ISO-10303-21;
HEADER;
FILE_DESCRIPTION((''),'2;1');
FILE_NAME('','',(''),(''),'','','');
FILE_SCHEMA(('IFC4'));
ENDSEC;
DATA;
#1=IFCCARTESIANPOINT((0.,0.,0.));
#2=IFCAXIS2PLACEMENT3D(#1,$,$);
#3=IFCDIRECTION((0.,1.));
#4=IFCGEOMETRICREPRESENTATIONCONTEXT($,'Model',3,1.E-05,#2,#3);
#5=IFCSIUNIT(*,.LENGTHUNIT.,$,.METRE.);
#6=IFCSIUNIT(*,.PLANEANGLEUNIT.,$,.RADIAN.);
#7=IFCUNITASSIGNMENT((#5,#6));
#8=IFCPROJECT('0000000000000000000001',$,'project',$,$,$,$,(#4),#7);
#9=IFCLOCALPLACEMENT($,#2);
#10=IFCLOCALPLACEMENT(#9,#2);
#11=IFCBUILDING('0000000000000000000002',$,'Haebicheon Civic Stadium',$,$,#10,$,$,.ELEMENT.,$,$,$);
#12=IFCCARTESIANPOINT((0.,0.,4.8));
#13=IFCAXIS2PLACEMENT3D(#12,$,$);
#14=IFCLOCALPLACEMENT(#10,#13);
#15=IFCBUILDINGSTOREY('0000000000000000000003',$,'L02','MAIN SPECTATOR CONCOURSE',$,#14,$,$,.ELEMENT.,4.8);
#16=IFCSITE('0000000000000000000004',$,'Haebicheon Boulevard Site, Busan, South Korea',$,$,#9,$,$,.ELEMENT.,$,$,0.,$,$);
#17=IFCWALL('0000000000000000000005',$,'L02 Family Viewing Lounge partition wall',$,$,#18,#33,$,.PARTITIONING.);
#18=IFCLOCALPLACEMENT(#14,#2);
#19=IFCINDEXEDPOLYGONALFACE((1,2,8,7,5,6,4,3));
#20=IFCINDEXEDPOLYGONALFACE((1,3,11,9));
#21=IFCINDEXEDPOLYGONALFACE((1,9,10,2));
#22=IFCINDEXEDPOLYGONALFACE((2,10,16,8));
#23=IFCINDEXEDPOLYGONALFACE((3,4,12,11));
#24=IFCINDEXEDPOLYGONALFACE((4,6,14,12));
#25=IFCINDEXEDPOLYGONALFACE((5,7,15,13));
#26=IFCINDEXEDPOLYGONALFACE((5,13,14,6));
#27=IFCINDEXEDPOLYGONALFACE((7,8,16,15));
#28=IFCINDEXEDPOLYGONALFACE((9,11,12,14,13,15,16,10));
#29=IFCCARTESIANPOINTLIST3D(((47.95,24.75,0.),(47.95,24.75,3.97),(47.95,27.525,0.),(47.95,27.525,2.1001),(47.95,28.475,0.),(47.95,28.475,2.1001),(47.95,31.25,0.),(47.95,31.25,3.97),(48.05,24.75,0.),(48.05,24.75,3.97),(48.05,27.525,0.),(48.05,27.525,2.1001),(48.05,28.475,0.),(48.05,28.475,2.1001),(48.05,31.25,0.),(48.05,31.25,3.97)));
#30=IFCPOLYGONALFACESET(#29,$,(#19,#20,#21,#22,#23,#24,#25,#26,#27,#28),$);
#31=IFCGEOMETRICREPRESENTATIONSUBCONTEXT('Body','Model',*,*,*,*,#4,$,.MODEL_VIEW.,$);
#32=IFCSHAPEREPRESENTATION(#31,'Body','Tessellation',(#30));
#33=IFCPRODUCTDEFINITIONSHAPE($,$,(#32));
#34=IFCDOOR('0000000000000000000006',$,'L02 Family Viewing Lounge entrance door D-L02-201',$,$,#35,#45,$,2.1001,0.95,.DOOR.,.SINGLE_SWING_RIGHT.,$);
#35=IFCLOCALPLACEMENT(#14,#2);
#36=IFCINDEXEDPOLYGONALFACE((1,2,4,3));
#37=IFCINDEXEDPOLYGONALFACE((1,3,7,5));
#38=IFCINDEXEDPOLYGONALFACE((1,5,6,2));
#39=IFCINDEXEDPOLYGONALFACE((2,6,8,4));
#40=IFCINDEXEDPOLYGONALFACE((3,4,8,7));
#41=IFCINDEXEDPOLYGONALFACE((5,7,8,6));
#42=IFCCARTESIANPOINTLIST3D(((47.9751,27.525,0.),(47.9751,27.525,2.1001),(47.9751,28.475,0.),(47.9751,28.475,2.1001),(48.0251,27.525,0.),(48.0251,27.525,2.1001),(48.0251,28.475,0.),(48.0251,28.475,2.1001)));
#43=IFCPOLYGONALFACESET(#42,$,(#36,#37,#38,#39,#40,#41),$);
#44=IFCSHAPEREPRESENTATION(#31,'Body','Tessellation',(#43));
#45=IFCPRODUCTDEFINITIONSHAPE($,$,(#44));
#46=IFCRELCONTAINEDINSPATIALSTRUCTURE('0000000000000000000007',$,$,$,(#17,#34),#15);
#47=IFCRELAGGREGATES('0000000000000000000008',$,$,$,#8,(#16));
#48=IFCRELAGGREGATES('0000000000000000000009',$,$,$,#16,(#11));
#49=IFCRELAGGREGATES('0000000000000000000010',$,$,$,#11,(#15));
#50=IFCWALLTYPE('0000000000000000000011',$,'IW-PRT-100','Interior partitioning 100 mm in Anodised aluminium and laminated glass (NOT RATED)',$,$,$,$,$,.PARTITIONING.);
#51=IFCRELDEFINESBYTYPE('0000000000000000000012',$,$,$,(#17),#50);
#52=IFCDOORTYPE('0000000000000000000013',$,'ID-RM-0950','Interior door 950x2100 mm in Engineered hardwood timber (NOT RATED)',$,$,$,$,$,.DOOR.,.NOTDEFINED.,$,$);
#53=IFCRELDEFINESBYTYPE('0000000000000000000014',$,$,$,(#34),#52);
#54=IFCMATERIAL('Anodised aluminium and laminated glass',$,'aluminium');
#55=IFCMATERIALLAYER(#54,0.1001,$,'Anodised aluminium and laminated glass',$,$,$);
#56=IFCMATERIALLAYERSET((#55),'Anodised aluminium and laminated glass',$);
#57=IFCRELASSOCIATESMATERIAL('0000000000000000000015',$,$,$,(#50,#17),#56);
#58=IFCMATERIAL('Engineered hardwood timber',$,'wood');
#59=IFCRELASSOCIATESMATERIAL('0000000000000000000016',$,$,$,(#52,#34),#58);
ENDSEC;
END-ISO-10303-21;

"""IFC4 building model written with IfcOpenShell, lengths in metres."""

from ifc_helpers import new_model, si_unit, direction, frame, frame_2d, origin, place, context, subcontext, project, spatial, rectangle, extrude, material, layer, layer_set, type_object, element, fill, save


model = new_model("IFC4")

# Units and contexts
model_context = context("Model", 3, precision=1e-05, world=origin(), true_north=direction((0.0, 1.0)))
body_context = subcontext(model_context, "Body", "Model", "MODEL_VIEW")
ifc_project = project(units=[si_unit("LENGTHUNIT", "METRE"), si_unit("PLANEANGLEUNIT", "RADIAN")], contexts=[model_context])

# Site, building, storey
site_placement = place(None, origin())
site = spatial("IfcSite", under=ifc_project, at=site_placement, Name="Haebicheon Boulevard Site, Busan, South Korea", CompositionType="ELEMENT", RefElevation=0.0)
building_placement = place(site_placement, origin())
building = spatial("IfcBuilding", under=site, at=building_placement, Name="Haebicheon Civic Stadium", CompositionType="ELEMENT")
storey_placement = place(building_placement, frame((0.0, 0.0, 4.8)))
storey = spatial("IfcBuildingStorey", under=building, at=storey_placement, Name="L02", Description="MAIN SPECTATOR CONCOURSE", CompositionType="ELEMENT", Elevation=4.8)

# Wall, opening, door
ifc_material_1 = material(Name="Anodised aluminium and laminated glass", Category="aluminium")
ifc_layer_1 = layer(ifc_material_1, 0.1001, Name="Anodised aluminium and laminated glass")
ifc_layer_set_1 = layer_set([ifc_layer_1], Name="Anodised aluminium and laminated glass")
wall_type = type_object("IfcWallType", Name="IW-PRT-100", Description="Interior partitioning 100 mm in Anodised aluminium and laminated glass (NOT RATED)", PredefinedType="PARTITIONING", material=ifc_layer_set_1)
wall_placement = place(storey_placement, frame((48.0, 24.75, 0.0), z_axis=(0.0, 0.0, 1.0), x_axis=(0.0, 1.0, 0.0)))
wall = element("IfcWall", 1, at=wall_placement, inside=storey, type_object=wall_type, material=ifc_layer_set_1, Name="L02 Family Viewing Lounge partition wall", PredefinedType="PARTITIONING", context=body_context, shape_type="SweptSolid", body=[
    extrude(rectangle(XDim=6.5, YDim=0.1001, at=frame_2d((3.25, 0.0))), origin(), (0.0, 0.0, 1.0), 3.97),
])
opening_placement = place(wall_placement, frame((2.7749, 0.0, 0.0)))
opening = element("IfcOpeningElement", 2, at=opening_placement, cuts=wall, PredefinedType="OPENING", context=body_context, shape_type="SweptSolid", body=[
    extrude(rectangle(XDim=0.95, YDim=2.1001, at=frame_2d((0.4751, 1.05))), frame((0.0, 0.0601, 0.0), z_axis=(0.0, -1.0, 0.0), x_axis=(1.0, 0.0, 0.0)), (0.0, 0.0, 1.0), 0.1201),
])
ifc_material_2 = material(Name="Engineered hardwood timber", Category="wood")
door_type = type_object("IfcDoorType", Name="ID-RM-0950", Description="Interior door 950x2100 mm in Engineered hardwood timber (NOT RATED)", OperationType="NOTDEFINED", PredefinedType="DOOR", material=ifc_material_2)
door_placement = place(opening_placement, origin())
door = element("IfcDoor", 3, at=door_placement, inside=storey, type_object=door_type, material=ifc_material_2, Name="L02 Family Viewing Lounge entrance door D-L02-201", OperationType="SINGLE_SWING_RIGHT", OverallHeight=2.1001, OverallWidth=0.95, PredefinedType="DOOR", context=body_context, shape_type="SweptSolid", body=[
    extrude(rectangle(XDim=0.95, YDim=2.1001, at=frame_2d((0.4751, 1.05))), frame((0.0, 0.0249, 0.0), z_axis=(0.0, -1.0, 0.0), x_axis=(1.0, 0.0, 0.0)), (0.0, 0.0, 1.0), 0.05),
])
fill(opening, door)

save(model, "model.ifc")
